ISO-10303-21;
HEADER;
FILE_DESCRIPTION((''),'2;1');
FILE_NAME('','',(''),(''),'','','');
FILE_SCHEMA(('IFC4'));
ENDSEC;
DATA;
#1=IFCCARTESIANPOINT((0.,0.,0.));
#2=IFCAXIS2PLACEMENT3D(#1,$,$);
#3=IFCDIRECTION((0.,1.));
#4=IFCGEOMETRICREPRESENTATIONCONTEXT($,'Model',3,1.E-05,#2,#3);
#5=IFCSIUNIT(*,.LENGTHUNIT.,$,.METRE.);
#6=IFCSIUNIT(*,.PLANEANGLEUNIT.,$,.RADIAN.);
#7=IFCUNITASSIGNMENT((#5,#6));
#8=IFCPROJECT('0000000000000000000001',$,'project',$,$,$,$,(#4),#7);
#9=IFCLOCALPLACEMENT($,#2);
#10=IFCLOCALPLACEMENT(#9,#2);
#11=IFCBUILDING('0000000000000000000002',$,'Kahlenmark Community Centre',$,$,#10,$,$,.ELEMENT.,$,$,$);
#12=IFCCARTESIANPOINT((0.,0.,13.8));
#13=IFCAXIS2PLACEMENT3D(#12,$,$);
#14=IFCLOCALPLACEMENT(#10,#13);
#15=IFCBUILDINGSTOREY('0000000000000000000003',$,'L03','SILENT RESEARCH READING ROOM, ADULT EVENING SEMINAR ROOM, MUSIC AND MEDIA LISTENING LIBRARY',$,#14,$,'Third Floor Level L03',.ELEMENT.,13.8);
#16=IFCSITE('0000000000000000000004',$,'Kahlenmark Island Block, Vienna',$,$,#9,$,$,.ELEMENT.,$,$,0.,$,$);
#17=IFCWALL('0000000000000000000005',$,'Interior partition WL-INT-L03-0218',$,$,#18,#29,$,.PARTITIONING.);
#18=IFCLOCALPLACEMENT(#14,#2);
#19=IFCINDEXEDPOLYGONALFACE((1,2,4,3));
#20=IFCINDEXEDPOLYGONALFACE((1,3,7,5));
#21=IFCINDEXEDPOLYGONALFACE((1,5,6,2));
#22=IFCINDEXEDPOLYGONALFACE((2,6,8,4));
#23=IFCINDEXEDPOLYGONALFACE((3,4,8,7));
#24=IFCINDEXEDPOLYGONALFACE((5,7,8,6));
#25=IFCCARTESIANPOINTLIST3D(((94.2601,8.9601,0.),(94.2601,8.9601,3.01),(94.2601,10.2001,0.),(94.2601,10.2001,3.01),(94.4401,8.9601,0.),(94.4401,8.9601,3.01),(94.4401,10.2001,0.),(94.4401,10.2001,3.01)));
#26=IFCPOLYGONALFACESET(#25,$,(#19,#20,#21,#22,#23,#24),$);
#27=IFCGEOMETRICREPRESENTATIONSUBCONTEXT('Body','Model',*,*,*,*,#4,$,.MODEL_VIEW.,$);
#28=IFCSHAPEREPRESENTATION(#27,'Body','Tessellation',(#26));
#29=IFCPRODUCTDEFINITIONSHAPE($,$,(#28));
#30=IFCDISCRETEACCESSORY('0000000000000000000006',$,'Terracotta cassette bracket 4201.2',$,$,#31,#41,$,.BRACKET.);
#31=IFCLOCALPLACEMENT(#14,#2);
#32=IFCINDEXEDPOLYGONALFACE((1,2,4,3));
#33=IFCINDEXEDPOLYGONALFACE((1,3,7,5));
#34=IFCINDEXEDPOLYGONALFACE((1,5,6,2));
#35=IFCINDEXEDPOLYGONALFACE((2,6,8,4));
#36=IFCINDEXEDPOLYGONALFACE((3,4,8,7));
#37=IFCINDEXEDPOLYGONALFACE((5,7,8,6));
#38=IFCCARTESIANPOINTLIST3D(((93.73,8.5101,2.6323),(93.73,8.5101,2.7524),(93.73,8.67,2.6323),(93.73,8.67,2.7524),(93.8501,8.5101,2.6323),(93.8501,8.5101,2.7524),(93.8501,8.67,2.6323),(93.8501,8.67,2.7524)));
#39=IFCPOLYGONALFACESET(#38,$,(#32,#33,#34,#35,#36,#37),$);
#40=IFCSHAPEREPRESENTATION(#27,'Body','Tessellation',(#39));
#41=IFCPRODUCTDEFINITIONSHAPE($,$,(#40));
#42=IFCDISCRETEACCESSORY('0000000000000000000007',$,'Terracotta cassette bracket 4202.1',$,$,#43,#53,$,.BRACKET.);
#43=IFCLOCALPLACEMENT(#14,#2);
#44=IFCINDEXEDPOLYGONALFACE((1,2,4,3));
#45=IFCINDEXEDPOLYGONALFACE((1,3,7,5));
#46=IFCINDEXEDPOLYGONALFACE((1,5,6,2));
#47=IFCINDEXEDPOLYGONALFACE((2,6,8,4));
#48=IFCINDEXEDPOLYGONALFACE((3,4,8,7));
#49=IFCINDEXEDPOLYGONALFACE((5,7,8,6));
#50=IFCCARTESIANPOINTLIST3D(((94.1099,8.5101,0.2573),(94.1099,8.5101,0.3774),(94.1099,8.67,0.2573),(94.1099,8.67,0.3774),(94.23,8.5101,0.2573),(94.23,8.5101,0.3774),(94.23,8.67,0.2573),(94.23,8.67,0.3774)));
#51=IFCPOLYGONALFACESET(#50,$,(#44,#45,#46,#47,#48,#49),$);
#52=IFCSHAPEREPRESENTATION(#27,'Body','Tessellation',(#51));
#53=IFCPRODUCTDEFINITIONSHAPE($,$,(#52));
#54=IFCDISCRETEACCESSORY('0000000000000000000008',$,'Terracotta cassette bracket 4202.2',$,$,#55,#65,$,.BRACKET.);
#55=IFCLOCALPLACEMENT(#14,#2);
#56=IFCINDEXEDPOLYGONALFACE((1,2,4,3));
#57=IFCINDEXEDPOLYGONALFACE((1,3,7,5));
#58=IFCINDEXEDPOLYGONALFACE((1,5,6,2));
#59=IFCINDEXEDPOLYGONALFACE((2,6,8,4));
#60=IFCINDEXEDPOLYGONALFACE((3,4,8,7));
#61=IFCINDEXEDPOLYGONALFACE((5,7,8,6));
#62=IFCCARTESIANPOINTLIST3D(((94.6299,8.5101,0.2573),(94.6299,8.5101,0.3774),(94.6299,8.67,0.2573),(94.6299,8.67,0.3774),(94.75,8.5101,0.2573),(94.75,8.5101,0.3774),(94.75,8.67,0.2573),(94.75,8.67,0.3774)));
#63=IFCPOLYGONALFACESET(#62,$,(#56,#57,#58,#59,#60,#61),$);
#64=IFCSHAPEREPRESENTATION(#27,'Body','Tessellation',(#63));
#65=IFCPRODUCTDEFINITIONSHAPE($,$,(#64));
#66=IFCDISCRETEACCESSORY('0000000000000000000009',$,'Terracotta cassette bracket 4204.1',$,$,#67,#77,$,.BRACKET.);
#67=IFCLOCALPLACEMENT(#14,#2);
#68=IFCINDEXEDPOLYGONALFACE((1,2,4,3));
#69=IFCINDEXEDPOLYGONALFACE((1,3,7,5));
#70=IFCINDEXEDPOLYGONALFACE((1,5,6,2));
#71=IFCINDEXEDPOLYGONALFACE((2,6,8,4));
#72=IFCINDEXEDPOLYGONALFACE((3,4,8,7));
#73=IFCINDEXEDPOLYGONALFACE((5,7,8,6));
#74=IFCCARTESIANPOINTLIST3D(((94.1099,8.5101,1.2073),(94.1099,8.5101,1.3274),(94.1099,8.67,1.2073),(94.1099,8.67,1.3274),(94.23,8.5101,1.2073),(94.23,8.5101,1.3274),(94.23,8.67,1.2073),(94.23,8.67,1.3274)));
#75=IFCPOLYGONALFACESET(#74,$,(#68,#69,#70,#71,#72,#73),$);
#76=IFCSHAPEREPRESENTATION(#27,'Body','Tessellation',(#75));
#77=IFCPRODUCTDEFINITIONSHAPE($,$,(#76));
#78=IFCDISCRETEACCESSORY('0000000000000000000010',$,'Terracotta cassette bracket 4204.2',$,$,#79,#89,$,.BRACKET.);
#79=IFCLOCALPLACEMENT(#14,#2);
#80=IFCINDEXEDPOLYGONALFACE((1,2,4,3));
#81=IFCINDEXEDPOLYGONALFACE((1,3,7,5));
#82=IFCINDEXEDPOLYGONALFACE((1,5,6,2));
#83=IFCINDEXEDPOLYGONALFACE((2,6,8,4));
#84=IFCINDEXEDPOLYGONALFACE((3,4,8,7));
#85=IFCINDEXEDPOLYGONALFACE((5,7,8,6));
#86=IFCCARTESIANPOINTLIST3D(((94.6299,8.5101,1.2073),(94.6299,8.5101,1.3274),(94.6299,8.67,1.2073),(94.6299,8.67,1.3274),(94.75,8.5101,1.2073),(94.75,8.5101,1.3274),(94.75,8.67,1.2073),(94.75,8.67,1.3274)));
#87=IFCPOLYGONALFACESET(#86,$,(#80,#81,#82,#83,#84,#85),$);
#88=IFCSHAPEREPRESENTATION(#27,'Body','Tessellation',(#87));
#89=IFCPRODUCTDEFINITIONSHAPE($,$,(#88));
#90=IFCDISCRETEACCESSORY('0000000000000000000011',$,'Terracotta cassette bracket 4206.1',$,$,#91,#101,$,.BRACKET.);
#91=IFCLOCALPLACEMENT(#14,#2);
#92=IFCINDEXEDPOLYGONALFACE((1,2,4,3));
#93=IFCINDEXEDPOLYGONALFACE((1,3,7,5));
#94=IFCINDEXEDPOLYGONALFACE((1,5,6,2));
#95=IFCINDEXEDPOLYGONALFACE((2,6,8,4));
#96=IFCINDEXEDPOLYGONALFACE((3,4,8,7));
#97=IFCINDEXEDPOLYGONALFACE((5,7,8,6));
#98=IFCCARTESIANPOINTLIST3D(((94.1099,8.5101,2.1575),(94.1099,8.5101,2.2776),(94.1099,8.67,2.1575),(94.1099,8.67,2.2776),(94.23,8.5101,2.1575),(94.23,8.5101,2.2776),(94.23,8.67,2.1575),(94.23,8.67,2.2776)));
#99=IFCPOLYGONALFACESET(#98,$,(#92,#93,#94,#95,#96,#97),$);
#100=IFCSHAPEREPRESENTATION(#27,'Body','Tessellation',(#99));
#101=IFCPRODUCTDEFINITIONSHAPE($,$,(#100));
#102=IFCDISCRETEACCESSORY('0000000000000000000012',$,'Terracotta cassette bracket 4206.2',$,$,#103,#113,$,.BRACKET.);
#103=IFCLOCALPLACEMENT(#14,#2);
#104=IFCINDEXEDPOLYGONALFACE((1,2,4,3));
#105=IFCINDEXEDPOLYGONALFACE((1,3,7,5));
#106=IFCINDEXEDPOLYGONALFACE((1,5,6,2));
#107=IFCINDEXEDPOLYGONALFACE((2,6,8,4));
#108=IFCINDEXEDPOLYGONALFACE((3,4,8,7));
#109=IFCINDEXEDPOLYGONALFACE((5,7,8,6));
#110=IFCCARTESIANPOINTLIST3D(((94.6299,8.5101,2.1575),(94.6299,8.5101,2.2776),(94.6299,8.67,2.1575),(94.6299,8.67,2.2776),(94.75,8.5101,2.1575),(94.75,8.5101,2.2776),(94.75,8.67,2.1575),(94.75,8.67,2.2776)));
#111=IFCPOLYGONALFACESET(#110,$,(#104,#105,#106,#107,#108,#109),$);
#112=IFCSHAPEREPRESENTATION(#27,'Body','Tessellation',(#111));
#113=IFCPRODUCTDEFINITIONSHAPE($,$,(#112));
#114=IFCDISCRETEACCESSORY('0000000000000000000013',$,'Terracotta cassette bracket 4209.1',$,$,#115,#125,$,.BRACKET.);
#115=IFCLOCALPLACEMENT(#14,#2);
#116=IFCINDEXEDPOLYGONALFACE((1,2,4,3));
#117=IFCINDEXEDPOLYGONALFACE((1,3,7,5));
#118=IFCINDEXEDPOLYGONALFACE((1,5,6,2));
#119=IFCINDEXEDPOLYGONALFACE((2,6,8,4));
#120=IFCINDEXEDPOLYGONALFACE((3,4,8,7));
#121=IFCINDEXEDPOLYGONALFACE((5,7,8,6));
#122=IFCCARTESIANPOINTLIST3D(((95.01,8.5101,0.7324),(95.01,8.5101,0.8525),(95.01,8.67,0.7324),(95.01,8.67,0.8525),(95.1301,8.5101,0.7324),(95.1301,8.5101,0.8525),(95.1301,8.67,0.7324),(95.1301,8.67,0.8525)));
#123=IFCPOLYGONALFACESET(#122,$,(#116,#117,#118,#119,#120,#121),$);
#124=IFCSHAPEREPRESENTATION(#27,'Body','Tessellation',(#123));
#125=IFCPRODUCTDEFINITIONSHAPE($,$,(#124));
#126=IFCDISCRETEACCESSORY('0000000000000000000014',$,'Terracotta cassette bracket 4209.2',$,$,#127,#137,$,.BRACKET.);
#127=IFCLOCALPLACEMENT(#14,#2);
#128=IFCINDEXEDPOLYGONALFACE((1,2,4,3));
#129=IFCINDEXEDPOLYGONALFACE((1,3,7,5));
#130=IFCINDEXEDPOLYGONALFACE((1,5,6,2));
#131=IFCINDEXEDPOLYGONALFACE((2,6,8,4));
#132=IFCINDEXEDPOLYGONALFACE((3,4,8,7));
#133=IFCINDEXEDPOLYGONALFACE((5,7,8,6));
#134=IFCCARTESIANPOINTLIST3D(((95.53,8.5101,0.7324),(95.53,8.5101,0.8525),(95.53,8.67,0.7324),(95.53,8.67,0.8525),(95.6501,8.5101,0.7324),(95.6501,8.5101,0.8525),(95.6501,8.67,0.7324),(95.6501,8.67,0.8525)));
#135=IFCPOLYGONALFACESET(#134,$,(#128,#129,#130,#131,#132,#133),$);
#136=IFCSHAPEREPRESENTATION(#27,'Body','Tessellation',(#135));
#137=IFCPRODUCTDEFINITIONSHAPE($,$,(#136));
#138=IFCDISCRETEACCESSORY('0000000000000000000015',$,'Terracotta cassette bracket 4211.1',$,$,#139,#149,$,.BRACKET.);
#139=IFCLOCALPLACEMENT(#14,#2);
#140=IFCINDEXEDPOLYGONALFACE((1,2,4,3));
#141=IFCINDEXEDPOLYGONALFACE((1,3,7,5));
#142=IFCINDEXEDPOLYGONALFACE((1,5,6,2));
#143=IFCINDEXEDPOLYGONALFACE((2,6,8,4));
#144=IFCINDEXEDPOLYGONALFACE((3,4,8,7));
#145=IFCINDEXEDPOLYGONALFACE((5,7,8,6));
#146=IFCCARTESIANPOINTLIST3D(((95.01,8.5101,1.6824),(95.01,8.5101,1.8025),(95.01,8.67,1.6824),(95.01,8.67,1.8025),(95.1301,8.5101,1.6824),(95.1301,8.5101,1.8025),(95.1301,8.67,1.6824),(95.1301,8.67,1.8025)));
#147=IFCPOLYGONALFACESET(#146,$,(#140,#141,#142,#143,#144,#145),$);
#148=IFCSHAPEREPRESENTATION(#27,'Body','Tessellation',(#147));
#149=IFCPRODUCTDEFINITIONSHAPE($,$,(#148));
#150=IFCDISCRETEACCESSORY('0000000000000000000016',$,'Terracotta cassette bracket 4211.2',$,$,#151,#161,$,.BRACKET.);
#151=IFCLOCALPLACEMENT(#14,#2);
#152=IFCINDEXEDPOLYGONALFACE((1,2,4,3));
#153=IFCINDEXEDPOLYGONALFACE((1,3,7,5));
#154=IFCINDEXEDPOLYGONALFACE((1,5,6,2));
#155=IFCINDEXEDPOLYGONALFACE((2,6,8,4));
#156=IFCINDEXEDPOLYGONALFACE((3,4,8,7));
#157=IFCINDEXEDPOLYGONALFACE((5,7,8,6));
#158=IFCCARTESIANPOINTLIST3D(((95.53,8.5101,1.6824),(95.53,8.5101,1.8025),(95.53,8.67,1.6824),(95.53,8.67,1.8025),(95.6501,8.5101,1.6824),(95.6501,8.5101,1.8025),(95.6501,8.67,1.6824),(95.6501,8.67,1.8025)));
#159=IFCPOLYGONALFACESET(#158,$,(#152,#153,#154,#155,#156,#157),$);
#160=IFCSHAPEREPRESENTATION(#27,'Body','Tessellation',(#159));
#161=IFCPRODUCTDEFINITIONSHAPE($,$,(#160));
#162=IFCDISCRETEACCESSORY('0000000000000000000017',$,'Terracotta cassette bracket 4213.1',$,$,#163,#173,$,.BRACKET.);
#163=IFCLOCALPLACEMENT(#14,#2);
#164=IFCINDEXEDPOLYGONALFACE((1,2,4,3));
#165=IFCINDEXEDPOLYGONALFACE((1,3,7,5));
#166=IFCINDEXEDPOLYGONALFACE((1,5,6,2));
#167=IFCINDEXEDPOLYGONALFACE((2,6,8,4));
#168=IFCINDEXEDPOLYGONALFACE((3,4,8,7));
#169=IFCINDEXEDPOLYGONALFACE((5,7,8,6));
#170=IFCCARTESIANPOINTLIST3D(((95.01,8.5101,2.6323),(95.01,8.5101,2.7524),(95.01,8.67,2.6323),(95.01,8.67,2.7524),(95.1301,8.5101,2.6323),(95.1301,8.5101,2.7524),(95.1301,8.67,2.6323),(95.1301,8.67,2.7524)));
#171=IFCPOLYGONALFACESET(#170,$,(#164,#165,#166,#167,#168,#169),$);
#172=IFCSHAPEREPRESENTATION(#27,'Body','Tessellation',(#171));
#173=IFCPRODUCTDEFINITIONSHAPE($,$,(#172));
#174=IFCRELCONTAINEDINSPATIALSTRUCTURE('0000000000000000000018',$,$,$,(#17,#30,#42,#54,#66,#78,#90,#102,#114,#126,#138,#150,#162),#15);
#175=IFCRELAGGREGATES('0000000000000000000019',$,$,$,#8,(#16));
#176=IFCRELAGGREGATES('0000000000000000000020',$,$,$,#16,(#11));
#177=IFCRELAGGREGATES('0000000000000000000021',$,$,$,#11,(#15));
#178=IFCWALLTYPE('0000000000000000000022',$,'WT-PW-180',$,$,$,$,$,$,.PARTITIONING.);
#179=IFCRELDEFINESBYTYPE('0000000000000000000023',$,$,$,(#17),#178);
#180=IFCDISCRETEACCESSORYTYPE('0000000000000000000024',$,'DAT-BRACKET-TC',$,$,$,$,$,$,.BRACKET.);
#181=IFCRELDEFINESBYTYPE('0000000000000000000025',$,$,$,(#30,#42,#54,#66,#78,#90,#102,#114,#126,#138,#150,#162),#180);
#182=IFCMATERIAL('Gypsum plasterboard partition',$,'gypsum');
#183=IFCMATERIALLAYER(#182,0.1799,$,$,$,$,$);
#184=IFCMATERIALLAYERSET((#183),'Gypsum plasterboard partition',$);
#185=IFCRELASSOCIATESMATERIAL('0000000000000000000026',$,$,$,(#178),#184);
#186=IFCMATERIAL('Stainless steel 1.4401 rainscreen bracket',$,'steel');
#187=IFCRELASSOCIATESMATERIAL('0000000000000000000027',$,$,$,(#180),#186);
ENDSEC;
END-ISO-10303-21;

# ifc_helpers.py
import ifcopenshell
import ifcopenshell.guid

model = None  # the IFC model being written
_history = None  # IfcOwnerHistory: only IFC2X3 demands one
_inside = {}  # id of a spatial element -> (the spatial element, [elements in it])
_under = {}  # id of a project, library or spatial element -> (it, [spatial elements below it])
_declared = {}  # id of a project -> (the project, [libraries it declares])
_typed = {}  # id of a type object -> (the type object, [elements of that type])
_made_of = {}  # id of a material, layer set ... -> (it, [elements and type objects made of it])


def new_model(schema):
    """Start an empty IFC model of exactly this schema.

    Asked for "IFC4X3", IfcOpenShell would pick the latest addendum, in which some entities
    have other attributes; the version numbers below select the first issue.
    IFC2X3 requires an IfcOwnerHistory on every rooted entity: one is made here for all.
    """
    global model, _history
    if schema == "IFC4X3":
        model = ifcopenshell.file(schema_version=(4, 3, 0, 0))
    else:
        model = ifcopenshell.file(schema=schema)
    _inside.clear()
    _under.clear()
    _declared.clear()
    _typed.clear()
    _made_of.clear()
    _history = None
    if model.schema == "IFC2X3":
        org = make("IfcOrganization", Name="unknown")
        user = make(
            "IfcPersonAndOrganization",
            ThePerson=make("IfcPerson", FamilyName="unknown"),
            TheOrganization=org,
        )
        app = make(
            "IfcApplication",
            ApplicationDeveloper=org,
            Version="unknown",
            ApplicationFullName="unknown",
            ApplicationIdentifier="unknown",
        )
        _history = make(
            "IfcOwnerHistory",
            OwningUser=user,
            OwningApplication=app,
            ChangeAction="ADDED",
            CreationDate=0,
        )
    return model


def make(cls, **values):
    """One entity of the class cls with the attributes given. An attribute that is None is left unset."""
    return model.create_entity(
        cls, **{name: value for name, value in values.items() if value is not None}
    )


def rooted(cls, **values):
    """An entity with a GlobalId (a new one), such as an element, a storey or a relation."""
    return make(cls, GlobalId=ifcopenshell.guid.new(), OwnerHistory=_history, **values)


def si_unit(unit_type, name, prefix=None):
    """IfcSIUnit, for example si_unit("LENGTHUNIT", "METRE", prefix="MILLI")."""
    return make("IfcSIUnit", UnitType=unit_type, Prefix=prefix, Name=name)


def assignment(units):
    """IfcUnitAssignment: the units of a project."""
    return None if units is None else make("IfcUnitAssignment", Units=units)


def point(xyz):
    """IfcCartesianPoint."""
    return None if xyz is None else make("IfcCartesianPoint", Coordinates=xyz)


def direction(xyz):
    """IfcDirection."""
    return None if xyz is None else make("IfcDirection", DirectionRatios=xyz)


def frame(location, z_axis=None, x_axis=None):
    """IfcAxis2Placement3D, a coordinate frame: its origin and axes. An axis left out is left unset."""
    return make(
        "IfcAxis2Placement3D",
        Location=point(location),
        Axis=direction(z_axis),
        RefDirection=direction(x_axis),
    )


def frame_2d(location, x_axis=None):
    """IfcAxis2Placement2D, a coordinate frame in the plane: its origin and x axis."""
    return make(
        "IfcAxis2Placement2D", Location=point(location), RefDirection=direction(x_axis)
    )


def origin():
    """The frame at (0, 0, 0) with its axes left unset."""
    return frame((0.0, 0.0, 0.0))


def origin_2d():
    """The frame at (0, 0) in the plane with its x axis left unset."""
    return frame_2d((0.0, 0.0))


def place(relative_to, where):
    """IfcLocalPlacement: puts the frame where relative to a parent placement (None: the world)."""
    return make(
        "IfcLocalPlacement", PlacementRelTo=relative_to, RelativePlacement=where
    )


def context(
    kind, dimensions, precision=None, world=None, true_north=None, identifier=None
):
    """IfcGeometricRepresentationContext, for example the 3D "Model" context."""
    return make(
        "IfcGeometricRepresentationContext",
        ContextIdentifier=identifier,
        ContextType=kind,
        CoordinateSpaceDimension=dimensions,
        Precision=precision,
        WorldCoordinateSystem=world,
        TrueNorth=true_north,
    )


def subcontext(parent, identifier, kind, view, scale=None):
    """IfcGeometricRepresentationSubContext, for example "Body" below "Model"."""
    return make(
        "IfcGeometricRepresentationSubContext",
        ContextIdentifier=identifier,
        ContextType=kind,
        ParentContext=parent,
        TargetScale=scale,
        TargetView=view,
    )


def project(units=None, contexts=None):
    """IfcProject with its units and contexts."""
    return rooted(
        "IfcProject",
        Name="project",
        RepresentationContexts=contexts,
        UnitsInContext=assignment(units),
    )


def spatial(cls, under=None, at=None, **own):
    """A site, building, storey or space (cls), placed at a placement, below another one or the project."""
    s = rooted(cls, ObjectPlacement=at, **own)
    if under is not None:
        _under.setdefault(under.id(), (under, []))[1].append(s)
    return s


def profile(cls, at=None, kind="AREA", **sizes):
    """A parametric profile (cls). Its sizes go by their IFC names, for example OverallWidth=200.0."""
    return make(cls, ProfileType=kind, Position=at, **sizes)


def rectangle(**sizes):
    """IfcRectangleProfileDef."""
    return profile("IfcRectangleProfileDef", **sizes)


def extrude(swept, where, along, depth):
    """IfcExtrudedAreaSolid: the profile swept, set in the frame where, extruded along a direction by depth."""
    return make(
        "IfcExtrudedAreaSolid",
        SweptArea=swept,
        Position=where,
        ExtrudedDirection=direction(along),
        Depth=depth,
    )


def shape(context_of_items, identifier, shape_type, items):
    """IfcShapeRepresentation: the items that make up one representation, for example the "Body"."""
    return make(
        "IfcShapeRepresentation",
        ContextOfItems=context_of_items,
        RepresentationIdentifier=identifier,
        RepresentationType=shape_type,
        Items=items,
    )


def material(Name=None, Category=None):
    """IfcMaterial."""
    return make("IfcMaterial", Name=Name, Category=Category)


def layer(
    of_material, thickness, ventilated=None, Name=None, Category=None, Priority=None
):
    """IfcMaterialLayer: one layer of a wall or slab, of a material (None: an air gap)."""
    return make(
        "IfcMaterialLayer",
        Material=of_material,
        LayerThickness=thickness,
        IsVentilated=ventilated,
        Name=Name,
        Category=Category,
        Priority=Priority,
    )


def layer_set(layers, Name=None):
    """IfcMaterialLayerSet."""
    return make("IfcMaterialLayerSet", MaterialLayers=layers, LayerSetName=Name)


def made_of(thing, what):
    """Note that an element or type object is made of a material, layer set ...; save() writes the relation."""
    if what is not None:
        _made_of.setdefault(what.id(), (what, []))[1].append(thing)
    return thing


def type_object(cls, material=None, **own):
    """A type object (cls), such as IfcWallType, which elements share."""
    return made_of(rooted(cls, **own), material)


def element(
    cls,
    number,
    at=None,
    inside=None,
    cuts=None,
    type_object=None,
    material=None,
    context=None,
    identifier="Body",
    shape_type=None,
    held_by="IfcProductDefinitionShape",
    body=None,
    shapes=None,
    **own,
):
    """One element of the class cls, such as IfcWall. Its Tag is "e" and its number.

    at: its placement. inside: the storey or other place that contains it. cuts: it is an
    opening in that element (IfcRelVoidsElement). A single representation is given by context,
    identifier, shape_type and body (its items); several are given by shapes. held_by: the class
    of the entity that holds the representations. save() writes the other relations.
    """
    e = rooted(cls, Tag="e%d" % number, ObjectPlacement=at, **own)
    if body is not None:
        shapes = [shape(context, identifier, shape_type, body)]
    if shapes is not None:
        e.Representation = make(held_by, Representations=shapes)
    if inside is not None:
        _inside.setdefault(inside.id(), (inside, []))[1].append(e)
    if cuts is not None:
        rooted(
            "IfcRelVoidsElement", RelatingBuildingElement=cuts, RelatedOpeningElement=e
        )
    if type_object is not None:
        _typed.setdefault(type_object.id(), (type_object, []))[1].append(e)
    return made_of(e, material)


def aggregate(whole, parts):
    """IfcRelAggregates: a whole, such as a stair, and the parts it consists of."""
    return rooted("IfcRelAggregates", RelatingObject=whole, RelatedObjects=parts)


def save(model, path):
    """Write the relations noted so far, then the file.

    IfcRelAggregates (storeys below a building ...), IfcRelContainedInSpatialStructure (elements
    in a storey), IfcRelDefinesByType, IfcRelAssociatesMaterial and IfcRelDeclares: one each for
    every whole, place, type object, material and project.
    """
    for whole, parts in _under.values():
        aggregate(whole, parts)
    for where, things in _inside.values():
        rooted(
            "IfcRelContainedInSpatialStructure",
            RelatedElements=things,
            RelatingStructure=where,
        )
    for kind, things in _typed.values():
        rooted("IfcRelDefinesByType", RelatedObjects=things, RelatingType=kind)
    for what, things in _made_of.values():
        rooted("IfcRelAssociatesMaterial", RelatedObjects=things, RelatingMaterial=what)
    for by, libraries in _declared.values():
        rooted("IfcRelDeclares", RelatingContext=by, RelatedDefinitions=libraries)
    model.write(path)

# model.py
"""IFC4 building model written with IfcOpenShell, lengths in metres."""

from ifc_helpers import new_model, si_unit, direction, frame, frame_2d, origin, origin_2d, place, context, subcontext, project, spatial, rectangle, extrude, material, layer, layer_set, type_object, element, save


model = new_model("IFC4")

# Units and contexts
model_context = context("Model", 3, precision=1e-05, world=origin(), true_north=direction((0.0, 1.0)))
body_context = subcontext(model_context, "Body", "Model", "MODEL_VIEW")
ifc_project = project(units=[si_unit("LENGTHUNIT", "METRE"), si_unit("PLANEANGLEUNIT", "RADIAN")], contexts=[model_context])

# Site, building, storey
site_placement = place(None, origin())
site = spatial("IfcSite", under=ifc_project, at=site_placement, Name="Kahlenmark Island Block, Vienna", CompositionType="ELEMENT", RefElevation=0.0)
building_placement = place(site_placement, origin())
building = spatial("IfcBuilding", under=site, at=building_placement, Name="Kahlenmark Community Centre", CompositionType="ELEMENT")
storey_placement = place(building_placement, frame((0.0, 0.0, 13.8)))
storey = spatial("IfcBuildingStorey", under=building, at=storey_placement, Name="L03", Description="SILENT RESEARCH READING ROOM, ADULT EVENING SEMINAR ROOM, MUSIC AND MEDIA LISTENING LIBRARY", LongName="Third Floor Level L03", CompositionType="ELEMENT", Elevation=13.8)

# Wall
ifc_material_1 = material(Name="Gypsum plasterboard partition", Category="gypsum")
ifc_layer_1 = layer(ifc_material_1, 0.1799)
ifc_layer_set_1 = layer_set([ifc_layer_1], Name="Gypsum plasterboard partition")
wall_type_1 = type_object("IfcWallType", Name="WT-PW-180", PredefinedType="PARTITIONING", material=ifc_layer_set_1)
wall_1_placement = place(storey_placement, frame((94.3501, 8.96, 0.0), z_axis=(0.0, 0.0, 1.0), x_axis=(0.0, 1.0, 0.0)))
element("IfcWall", 1, at=wall_1_placement, inside=storey, type_object=wall_type_1, Name="Interior partition WL-INT-L03-0218", PredefinedType="PARTITIONING", context=body_context, shape_type="SweptSolid", body=[
    extrude(rectangle(XDim=1.24, YDim=0.1799, at=frame_2d((0.6201, 0.0))), origin(), (0.0, 0.0, 1.0), 3.01),
])

# Discrete accessories
ifc_material_2 = material(Name="Stainless steel 1.4401 rainscreen bracket", Category="steel")
discrete_accessory_type = type_object("IfcDiscreteAccessoryType", Name="DAT-BRACKET-TC", PredefinedType="BRACKET", material=ifc_material_2)
for number, where, z_axis, x_axis, name in (
    (2, (93.79, 8.5901, 2.6323), (0.0, 0.0, 1.0), (1.0, 0.0, 0.0), "Terracotta cassette bracket 4201.2"),
    (3, (94.1699, 8.5901, 0.2573), (0.0, 0.0, 1.0), (1.0, 0.0, 0.0), "Terracotta cassette bracket 4202.1"),
    (4, (94.6899, 8.5901, 0.2573), (0.0, 0.0, 1.0), (1.0, 0.0, 0.0), "Terracotta cassette bracket 4202.2"),
    (5, (94.1699, 8.5901, 1.2073), (0.0, 0.0, 1.0), (1.0, 0.0, 0.0), "Terracotta cassette bracket 4204.1"),
    (6, (94.6899, 8.5901, 1.2073), (0.0, 0.0, 1.0), (1.0, 0.0, 0.0), "Terracotta cassette bracket 4204.2"),
    (7, (94.1699, 8.5901, 2.1575), (0.0, 0.0, 1.0), (1.0, 0.0, 0.0), "Terracotta cassette bracket 4206.1"),
    (8, (94.6899, 8.5901, 2.1575), (0.0, 0.0, 1.0), (1.0, 0.0, 0.0), "Terracotta cassette bracket 4206.2"),
    (9, (95.0701, 8.5901, 0.7324), (0.0, 0.0, 1.0), (1.0, 0.0, 0.0), "Terracotta cassette bracket 4209.1"),
    (10, (95.5901, 8.5901, 0.7324), (0.0, 0.0, 1.0), (1.0, 0.0, 0.0), "Terracotta cassette bracket 4209.2"),
    (11, (95.0701, 8.5901, 1.6824), (0.0, 0.0, 1.0), (1.0, 0.0, 0.0), "Terracotta cassette bracket 4211.1"),
    (12, (95.5901, 8.5901, 1.6824), (0.0, 0.0, 1.0), (1.0, 0.0, 0.0), "Terracotta cassette bracket 4211.2"),
    (13, (95.0701, 8.5901, 2.6323), (0.0, 0.0, 1.0), (1.0, 0.0, 0.0), "Terracotta cassette bracket 4213.1"),
):
    element("IfcDiscreteAccessory", number, at=place(storey_placement, frame(where, z_axis=z_axis, x_axis=x_axis)), inside=storey, type_object=discrete_accessory_type, Name=name, PredefinedType="BRACKET", context=body_context, shape_type="SweptSolid", body=[
        extrude(rectangle(XDim=0.1201, YDim=0.1599, at=origin_2d()), origin(), (0.0, 0.0, 1.0), 0.1201),
    ])

save(model, "model.ifc")
